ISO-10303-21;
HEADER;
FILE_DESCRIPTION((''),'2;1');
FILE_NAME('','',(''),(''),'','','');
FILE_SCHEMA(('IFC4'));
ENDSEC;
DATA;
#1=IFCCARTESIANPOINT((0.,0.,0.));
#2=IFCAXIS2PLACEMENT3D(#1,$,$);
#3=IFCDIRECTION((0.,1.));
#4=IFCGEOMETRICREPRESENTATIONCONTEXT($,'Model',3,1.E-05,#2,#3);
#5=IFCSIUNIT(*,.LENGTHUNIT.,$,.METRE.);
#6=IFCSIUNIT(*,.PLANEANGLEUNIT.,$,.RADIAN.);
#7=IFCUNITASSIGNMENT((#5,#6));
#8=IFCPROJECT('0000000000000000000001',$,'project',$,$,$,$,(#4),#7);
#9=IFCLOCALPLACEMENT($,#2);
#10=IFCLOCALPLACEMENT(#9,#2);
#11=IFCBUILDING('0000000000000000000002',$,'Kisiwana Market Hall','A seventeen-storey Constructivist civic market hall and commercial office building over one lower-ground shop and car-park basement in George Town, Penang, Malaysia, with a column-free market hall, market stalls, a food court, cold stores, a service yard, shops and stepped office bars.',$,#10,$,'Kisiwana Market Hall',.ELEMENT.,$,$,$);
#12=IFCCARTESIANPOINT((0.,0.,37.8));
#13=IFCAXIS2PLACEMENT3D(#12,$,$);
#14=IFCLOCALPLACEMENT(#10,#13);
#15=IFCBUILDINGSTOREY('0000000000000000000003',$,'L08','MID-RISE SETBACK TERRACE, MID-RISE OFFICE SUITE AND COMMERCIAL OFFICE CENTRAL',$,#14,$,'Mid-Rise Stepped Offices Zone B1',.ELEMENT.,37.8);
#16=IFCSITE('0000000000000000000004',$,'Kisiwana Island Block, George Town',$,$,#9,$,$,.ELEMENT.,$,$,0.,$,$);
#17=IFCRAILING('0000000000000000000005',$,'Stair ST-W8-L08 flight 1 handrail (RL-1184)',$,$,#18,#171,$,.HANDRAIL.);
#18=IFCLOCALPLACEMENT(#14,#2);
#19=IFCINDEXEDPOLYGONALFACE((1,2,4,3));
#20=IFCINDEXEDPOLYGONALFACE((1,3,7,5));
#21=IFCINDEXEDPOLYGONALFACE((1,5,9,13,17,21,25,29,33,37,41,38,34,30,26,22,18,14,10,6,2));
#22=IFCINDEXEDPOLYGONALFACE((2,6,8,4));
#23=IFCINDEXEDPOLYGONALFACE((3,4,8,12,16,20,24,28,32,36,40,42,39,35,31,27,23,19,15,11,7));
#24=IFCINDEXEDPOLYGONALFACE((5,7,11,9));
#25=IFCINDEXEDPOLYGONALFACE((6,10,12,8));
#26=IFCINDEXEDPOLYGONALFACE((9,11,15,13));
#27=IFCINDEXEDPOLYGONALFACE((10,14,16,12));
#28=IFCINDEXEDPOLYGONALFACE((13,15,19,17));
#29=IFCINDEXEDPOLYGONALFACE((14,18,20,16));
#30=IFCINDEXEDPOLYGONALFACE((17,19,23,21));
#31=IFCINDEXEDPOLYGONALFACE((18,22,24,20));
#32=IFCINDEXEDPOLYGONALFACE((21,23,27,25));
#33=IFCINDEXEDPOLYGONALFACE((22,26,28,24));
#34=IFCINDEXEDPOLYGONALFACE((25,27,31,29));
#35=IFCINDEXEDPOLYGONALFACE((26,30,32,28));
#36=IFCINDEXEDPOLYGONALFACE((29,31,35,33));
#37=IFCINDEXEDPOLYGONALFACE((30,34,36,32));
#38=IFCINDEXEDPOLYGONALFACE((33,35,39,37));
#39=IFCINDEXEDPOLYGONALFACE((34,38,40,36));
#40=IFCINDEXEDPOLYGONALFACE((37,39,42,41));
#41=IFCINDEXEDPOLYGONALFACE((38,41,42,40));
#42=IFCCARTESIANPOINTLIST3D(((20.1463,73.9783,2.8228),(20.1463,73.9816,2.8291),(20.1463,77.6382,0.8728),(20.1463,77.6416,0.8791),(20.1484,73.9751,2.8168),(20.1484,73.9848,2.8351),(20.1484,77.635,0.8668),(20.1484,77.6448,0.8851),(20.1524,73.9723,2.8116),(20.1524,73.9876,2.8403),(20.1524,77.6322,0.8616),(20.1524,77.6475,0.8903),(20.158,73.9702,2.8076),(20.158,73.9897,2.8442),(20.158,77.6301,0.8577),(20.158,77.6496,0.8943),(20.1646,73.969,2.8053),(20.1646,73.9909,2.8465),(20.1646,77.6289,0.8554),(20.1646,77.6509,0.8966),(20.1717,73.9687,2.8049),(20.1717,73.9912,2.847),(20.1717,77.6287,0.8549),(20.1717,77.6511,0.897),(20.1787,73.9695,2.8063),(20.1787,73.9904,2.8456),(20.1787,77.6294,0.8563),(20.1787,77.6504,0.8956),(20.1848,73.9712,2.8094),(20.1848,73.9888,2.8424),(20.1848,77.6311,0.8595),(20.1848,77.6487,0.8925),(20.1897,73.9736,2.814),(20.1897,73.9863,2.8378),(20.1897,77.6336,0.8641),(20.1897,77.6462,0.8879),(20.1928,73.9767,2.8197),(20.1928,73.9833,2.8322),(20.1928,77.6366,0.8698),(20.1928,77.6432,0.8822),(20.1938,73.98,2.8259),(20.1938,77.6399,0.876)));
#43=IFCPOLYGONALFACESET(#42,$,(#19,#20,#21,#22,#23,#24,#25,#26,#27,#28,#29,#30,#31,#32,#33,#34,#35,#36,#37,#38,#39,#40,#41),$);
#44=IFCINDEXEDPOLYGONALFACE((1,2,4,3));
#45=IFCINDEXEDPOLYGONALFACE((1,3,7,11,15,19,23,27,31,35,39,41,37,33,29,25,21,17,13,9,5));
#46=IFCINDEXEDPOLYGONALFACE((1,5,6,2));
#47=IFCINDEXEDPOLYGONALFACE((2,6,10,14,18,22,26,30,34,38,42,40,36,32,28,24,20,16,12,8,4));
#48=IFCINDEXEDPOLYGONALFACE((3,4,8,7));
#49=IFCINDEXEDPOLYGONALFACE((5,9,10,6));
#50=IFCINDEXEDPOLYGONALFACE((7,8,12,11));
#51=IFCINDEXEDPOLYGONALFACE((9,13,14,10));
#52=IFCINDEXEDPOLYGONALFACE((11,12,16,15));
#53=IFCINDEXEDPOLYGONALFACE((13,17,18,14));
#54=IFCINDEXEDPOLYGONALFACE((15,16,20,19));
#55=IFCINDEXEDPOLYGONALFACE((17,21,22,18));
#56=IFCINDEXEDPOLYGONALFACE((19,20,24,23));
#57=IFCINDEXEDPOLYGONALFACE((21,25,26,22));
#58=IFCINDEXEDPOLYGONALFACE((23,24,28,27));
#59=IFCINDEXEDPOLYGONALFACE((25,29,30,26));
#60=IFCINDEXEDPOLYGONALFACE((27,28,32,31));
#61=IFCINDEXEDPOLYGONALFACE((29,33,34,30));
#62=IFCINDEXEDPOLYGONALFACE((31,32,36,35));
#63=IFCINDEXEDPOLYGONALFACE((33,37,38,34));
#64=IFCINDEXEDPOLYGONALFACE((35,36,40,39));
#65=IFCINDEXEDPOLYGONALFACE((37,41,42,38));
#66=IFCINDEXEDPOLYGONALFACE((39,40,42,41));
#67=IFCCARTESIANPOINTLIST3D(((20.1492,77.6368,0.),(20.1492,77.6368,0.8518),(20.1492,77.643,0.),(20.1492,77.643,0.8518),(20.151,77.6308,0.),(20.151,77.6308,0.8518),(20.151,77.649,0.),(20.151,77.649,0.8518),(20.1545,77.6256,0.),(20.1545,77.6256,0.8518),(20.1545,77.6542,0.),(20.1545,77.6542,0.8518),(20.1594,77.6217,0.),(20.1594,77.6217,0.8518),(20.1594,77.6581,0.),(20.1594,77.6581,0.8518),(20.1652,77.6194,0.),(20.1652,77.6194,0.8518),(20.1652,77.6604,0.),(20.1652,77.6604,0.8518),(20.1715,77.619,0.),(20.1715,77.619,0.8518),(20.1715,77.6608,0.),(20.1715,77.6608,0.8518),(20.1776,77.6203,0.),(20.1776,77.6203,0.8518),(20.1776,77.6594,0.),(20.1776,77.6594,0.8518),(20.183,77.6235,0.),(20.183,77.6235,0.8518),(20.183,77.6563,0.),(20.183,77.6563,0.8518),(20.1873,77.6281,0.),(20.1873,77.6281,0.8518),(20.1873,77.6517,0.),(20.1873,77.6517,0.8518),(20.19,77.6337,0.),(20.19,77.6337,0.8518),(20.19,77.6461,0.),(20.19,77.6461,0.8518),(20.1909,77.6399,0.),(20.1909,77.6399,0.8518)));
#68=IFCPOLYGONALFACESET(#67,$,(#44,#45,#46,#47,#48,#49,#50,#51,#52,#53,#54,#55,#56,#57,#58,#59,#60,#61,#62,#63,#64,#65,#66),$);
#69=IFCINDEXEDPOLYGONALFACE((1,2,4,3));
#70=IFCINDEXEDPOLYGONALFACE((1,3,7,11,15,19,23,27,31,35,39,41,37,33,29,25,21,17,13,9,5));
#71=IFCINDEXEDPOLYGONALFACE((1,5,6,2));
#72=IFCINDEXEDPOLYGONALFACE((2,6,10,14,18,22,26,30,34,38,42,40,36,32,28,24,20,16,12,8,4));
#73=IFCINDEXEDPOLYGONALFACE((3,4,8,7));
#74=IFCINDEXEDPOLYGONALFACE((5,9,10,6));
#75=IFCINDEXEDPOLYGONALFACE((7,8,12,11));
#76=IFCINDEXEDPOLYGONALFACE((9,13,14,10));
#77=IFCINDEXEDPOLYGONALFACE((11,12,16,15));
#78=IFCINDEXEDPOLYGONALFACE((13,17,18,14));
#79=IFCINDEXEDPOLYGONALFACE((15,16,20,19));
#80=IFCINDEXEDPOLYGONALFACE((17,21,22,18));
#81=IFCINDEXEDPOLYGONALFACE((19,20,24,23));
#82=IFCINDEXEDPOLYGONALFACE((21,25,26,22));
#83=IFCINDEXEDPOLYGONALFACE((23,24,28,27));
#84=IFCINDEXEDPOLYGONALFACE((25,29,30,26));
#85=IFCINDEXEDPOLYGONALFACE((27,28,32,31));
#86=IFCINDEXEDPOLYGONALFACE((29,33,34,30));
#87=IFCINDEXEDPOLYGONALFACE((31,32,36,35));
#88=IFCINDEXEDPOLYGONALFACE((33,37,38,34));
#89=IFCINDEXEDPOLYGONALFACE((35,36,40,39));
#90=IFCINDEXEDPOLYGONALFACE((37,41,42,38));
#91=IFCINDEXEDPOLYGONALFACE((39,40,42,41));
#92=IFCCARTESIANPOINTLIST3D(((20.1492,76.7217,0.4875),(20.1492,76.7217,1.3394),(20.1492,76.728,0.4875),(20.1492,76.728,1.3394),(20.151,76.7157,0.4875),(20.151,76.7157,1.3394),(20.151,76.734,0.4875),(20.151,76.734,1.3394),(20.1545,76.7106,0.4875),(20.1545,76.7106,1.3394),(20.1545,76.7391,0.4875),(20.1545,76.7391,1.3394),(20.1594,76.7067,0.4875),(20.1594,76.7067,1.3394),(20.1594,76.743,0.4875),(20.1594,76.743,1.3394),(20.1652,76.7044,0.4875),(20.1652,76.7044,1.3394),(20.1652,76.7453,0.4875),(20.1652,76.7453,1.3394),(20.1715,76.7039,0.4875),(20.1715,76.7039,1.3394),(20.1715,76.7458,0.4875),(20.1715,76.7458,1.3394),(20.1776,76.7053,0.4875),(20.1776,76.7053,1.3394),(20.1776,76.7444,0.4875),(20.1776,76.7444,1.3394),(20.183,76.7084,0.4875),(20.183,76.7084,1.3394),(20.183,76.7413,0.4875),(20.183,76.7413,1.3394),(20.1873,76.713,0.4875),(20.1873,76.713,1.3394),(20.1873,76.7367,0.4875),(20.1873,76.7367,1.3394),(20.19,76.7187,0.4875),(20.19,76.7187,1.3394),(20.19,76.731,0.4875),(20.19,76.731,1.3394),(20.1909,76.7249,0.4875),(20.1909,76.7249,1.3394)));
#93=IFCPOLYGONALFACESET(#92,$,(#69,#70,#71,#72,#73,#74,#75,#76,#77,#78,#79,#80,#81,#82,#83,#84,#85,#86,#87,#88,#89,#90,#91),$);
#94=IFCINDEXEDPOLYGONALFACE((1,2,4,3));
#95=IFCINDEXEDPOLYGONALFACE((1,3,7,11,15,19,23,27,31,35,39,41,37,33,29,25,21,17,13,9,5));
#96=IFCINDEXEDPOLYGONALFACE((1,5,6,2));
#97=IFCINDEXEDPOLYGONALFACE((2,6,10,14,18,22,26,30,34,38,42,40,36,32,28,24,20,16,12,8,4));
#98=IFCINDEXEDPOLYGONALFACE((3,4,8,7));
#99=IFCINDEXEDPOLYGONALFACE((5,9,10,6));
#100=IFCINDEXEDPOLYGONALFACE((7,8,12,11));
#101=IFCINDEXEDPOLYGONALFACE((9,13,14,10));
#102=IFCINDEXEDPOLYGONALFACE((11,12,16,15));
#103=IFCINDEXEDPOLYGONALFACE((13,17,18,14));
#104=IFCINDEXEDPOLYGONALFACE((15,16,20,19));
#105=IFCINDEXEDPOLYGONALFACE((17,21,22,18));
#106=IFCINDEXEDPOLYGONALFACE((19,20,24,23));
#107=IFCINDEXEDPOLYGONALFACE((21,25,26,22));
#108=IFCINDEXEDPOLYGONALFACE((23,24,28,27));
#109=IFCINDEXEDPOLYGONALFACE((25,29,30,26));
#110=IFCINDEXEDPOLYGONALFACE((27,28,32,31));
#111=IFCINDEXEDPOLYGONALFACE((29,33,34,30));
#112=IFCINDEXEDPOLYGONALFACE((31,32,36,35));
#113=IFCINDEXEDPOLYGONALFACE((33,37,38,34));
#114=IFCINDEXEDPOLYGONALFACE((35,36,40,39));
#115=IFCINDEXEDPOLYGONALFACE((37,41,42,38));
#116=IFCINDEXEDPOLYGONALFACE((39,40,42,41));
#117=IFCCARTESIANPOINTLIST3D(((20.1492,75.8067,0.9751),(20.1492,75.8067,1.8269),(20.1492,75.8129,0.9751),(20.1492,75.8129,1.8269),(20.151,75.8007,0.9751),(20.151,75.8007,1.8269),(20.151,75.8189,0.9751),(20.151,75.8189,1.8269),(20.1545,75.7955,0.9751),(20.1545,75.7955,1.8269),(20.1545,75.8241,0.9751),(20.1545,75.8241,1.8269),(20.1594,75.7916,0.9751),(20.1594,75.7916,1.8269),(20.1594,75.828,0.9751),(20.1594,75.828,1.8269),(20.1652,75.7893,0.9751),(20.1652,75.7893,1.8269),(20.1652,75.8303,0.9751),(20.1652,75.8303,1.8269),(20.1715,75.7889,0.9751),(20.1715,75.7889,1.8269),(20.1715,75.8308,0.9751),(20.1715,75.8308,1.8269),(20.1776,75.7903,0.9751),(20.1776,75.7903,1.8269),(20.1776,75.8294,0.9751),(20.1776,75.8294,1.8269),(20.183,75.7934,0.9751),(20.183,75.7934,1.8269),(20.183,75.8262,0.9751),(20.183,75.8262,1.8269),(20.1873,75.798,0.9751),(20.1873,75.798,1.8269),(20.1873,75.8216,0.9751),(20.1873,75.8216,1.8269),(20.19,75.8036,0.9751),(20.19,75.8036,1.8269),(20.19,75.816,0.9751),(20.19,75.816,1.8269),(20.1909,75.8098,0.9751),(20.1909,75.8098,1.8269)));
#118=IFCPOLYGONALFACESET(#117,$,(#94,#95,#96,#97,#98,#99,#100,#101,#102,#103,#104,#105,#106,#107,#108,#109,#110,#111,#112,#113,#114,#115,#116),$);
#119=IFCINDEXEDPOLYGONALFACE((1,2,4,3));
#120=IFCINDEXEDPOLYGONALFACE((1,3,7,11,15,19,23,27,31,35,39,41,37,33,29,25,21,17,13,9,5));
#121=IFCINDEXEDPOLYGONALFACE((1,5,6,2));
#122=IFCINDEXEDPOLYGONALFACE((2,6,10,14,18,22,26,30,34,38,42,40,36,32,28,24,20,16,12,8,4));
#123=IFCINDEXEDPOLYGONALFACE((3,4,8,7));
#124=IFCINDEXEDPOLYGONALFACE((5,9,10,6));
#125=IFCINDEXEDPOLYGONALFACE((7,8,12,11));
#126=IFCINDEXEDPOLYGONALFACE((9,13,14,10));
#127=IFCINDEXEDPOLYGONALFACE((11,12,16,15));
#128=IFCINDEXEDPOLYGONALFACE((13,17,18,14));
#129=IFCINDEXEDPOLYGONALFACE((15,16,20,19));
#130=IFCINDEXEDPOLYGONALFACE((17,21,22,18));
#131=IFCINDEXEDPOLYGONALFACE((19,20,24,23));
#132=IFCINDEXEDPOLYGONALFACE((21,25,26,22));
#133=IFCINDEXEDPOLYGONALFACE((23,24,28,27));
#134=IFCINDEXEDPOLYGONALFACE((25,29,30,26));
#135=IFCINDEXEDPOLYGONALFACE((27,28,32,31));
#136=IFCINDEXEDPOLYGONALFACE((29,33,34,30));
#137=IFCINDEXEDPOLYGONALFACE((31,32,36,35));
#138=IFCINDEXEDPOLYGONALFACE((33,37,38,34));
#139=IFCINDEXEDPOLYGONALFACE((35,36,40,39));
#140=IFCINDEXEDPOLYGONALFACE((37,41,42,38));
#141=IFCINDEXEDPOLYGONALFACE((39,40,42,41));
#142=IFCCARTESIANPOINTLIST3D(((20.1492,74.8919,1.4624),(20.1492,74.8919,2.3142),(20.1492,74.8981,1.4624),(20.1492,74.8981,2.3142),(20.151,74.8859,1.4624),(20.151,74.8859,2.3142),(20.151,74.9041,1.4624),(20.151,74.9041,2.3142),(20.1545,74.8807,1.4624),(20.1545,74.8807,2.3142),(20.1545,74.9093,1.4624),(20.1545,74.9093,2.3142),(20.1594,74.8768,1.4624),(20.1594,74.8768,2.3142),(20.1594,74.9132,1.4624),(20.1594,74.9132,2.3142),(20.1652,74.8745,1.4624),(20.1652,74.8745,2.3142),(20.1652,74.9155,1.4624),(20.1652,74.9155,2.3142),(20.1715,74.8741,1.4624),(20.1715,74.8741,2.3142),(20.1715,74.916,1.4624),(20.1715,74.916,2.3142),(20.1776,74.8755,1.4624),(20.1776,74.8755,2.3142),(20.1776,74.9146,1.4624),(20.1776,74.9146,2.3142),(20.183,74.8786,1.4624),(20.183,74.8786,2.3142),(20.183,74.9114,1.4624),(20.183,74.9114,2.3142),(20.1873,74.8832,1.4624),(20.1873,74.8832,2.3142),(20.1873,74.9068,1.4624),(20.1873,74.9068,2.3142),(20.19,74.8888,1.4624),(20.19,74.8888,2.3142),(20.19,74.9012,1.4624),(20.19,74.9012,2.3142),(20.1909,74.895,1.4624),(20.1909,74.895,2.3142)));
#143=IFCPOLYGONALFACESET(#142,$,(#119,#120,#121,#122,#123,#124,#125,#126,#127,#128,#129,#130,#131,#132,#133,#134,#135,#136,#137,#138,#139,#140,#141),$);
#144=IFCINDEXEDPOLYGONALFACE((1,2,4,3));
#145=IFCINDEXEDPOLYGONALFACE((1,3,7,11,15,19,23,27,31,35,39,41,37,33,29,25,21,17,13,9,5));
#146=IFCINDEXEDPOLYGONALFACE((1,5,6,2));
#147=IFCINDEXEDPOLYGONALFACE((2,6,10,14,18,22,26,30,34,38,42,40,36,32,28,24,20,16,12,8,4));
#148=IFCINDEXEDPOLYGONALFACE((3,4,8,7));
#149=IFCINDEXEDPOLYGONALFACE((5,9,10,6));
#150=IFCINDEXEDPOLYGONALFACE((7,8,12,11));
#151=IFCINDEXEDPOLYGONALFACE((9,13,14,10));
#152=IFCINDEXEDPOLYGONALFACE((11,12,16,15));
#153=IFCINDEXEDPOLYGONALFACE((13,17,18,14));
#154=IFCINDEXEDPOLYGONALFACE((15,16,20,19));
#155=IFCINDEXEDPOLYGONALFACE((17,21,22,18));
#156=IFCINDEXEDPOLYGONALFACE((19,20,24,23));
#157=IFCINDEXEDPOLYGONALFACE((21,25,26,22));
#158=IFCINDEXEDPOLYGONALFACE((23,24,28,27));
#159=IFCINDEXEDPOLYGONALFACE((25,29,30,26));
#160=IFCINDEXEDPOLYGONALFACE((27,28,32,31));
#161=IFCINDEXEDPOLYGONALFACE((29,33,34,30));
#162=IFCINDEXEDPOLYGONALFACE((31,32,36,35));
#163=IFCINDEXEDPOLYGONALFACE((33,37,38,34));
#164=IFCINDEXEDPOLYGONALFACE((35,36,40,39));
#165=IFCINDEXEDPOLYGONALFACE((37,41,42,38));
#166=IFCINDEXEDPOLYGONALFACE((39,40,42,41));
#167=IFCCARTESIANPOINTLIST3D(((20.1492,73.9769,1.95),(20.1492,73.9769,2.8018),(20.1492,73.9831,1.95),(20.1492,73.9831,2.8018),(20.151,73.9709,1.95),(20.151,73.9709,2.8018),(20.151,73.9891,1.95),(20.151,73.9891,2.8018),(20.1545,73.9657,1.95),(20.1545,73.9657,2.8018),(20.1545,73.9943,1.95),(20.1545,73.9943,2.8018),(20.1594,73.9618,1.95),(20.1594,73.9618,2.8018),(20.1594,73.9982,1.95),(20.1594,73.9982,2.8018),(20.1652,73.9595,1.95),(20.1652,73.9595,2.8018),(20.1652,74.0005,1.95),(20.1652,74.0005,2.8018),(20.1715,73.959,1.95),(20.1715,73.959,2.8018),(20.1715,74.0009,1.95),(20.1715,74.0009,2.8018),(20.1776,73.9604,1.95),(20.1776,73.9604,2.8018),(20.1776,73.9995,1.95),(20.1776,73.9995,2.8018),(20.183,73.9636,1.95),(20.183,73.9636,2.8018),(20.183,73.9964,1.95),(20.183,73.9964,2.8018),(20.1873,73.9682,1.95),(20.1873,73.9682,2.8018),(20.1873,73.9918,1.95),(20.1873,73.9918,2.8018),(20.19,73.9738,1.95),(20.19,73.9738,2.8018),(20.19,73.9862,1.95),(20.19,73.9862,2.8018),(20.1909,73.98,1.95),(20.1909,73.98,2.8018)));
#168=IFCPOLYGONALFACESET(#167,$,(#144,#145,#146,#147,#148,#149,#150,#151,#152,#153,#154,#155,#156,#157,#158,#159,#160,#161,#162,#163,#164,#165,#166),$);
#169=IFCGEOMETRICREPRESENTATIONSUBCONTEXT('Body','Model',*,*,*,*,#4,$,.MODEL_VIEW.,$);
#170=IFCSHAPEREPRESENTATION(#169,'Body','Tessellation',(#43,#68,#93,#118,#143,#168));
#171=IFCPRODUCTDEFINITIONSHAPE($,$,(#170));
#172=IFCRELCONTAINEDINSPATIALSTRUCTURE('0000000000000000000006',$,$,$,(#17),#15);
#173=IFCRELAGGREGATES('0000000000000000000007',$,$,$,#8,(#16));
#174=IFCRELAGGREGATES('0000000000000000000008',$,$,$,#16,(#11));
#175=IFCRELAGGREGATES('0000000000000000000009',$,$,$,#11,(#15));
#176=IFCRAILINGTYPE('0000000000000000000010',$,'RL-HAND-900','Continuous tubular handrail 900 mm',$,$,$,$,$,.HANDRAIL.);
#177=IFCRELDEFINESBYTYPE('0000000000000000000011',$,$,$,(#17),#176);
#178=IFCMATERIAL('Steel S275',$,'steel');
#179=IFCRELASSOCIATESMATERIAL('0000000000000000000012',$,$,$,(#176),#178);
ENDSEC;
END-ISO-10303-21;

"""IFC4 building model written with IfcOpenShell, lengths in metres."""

from ifc_helpers import new_model, si_unit, direction, frame, origin, origin_2d, place, context, subcontext, project, spatial, circle, extrude, material, type_object, element, save


model = new_model("IFC4")

# Units and contexts
model_context = context("Model", 3, precision=1e-05, world=origin(), true_north=direction((0.0, 1.0)))
body_context = subcontext(model_context, "Body", "Model", "MODEL_VIEW")
ifc_project = project(units=[si_unit("LENGTHUNIT", "METRE"), si_unit("PLANEANGLEUNIT", "RADIAN")], contexts=[model_context])

# Site, building, storey
site_placement = place(None, origin())
site = spatial("IfcSite", under=ifc_project, at=site_placement, Name="Kisiwana Island Block, George Town", CompositionType="ELEMENT", RefElevation=0.0)
building_placement = place(site_placement, origin())
building = spatial("IfcBuilding", under=site, at=building_placement, Name="Kisiwana Market Hall", Description="A seventeen-storey Constructivist civic market hall and commercial office building over one lower-ground shop and car-park basement in George Town, Penang, Malaysia, with a column-free market hall, market stalls, a food court, cold stores, a service yard, shops and stepped office bars.", LongName="Kisiwana Market Hall", CompositionType="ELEMENT")
storey_placement = place(building_placement, frame((0.0, 0.0, 37.8)))
storey = spatial("IfcBuildingStorey", under=building, at=storey_placement, Name="L08", Description="MID-RISE SETBACK TERRACE, MID-RISE OFFICE SUITE AND COMMERCIAL OFFICE CENTRAL", LongName="Mid-Rise Stepped Offices Zone B1", CompositionType="ELEMENT", Elevation=37.8)

# Railing
ifc_material_1 = material(Name="Steel S275", Category="steel")
railing_type_1 = type_object("IfcRailingType", Name="RL-HAND-900", Description="Continuous tubular handrail 900 mm", PredefinedType="HANDRAIL", material=ifc_material_1)
railing_1_placement = place(storey_placement, frame((20.1699, 77.6399, 0.0)))
element("IfcRailing", 1, at=railing_1_placement, inside=storey, type_object=railing_type_1, Name="Stair ST-W8-L08 flight 1 handrail (RL-1184)", PredefinedType="HANDRAIL", context=body_context, shape_type="SweptSolid", body=[
    extrude(circle(Radius=0.0239, at=origin_2d()), frame((0.0, 0.0, 0.876), z_axis=(0.0, -0.882553, 0.470212), x_axis=(1.0, 0.0, 0.0)), (0.0, 0.0, 1.0), 4.147),
    extrude(circle(Radius=0.021, at=origin_2d()), origin(), (0.0, 0.0, 1.0), 0.8518),
    extrude(circle(Radius=0.021, at=origin_2d()), frame((0.0, -0.915, 0.4875)), (0.0, 0.0, 1.0), 0.8518),
    extrude(circle(Radius=0.021, at=origin_2d()), frame((0.0, -1.8301, 0.9751)), (0.0, 0.0, 1.0), 0.8518),
    extrude(circle(Radius=0.021, at=origin_2d()), frame((0.0, -2.7449, 1.4624)), (0.0, 0.0, 1.0), 0.8518),
    extrude(circle(Radius=0.021, at=origin_2d()), frame((0.0, -3.6599, 1.95)), (0.0, 0.0, 1.0), 0.8518),
])

save(model, "model.ifc")
